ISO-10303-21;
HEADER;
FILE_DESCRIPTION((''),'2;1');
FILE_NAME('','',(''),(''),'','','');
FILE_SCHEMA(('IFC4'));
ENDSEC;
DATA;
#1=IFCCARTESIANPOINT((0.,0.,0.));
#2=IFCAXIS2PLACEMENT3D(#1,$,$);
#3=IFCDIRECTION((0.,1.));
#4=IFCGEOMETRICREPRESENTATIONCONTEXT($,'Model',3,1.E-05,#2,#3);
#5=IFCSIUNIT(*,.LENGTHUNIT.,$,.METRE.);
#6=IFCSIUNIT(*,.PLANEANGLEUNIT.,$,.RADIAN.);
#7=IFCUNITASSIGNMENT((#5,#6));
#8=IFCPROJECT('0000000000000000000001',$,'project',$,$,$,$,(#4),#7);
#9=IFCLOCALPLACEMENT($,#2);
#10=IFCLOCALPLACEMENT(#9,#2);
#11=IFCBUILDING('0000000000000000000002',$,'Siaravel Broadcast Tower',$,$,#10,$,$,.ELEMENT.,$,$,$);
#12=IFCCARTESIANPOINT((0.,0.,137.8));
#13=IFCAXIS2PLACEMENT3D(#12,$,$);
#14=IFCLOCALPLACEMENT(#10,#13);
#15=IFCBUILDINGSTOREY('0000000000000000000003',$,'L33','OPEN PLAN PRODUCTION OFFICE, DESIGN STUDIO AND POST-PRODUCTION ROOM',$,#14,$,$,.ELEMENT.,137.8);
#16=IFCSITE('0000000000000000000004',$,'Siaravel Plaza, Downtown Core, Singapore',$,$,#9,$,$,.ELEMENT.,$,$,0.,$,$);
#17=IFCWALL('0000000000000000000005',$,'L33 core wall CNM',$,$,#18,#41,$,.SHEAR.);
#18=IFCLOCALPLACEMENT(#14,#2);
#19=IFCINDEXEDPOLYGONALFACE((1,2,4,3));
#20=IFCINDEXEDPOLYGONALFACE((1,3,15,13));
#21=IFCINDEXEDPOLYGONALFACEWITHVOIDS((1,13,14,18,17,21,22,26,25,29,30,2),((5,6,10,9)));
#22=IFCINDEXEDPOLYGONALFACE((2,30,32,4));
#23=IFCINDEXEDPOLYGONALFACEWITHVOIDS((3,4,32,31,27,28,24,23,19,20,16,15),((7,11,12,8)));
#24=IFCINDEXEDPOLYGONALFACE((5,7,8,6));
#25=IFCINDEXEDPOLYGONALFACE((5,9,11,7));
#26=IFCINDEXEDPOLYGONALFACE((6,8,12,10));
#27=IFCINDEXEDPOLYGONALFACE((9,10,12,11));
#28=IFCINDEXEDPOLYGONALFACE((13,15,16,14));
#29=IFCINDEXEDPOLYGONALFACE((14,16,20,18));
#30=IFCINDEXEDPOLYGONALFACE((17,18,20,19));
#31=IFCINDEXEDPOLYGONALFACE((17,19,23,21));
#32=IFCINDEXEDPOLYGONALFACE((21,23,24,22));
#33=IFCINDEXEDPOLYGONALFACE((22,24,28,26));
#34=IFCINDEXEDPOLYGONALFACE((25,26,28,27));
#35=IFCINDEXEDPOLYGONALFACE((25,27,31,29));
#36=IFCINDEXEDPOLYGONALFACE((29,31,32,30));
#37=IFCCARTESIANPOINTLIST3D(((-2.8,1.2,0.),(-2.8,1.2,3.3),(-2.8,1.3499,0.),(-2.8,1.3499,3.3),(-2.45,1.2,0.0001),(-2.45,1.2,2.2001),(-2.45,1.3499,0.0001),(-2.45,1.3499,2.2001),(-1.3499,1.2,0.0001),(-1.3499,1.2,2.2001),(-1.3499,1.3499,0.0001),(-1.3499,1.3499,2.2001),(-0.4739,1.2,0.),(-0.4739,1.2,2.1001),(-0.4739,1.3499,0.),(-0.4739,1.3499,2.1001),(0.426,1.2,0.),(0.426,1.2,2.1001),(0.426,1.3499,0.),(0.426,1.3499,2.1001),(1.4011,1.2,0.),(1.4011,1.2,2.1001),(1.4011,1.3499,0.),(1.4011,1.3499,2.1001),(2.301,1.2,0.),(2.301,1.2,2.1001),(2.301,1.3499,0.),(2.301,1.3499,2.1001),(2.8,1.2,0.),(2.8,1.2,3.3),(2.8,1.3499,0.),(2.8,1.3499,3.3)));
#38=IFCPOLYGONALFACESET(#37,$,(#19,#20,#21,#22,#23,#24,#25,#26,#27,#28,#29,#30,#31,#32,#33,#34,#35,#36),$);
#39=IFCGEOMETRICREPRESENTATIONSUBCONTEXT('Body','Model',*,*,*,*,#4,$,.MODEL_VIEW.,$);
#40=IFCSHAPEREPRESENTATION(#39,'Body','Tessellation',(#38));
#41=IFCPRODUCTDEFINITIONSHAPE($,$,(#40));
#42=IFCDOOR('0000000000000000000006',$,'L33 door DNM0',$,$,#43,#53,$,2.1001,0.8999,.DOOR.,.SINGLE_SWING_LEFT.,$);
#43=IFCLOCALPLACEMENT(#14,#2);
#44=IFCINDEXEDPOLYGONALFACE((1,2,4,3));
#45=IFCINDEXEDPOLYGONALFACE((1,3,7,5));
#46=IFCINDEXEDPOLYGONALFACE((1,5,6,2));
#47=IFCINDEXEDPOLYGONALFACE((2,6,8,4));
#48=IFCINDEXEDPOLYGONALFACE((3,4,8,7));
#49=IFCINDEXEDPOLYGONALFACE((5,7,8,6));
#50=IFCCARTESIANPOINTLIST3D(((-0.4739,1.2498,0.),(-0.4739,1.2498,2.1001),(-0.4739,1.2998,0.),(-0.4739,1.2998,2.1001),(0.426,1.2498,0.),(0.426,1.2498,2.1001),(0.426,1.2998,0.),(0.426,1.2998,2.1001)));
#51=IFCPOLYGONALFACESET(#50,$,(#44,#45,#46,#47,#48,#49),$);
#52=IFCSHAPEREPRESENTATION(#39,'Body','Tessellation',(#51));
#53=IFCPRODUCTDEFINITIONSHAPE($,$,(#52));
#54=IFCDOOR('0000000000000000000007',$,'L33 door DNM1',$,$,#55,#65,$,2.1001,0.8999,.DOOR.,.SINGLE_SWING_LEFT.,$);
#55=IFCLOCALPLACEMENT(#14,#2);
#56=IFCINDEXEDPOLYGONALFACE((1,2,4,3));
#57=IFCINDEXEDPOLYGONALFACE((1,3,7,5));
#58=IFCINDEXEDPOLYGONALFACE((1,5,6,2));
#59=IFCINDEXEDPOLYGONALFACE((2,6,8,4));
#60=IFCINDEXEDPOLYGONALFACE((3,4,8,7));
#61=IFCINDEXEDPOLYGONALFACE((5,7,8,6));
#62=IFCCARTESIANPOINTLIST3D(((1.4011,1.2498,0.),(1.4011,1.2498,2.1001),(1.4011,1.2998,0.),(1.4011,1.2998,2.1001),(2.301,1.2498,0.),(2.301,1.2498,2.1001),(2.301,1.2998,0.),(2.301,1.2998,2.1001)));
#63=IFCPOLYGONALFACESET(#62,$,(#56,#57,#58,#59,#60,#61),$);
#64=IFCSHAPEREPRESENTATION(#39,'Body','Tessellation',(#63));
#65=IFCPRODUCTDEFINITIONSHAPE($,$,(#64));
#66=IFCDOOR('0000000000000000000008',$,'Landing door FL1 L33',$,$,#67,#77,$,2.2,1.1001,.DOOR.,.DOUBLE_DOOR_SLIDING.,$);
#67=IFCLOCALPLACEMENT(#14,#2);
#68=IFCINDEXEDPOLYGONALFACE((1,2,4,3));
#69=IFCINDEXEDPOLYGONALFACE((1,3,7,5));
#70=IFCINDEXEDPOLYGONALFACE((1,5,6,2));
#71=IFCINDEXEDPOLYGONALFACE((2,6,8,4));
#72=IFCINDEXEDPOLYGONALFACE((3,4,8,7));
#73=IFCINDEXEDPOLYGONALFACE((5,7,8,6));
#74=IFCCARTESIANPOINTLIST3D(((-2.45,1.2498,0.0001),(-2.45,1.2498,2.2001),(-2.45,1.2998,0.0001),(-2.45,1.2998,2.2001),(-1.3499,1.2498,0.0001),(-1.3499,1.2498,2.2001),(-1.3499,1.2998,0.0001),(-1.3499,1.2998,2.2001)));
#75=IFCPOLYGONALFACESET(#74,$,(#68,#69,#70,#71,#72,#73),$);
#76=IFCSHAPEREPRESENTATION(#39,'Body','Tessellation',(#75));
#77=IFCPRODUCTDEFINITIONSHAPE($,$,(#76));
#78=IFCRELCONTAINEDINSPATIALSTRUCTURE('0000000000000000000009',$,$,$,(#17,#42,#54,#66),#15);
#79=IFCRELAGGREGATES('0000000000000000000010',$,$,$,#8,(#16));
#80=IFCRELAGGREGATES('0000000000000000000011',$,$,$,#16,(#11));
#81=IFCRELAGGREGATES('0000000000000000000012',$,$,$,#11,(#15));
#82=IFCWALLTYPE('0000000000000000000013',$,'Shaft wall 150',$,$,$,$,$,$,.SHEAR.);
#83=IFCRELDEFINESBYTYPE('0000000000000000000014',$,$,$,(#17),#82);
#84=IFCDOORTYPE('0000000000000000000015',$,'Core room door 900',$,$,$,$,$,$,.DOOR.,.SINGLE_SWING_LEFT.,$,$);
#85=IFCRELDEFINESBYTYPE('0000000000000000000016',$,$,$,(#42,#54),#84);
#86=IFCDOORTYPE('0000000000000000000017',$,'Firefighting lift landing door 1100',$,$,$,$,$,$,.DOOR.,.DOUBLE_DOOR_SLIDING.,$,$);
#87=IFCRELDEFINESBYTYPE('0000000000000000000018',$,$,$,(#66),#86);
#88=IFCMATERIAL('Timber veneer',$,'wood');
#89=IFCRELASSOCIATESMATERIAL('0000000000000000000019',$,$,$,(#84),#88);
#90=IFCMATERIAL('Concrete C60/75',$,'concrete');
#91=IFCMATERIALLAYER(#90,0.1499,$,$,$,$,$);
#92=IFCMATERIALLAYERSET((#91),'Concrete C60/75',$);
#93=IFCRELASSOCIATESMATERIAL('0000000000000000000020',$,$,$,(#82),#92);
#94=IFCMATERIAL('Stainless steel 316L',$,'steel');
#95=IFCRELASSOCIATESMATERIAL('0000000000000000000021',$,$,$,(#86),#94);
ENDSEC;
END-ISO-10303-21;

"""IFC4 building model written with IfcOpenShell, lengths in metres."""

from ifc_helpers import new_model, si_unit, direction, frame, frame_2d, origin, place, context, subcontext, project, spatial, rectangle, extrude, material, layer, layer_set, type_object, element, fill, save


model = new_model("IFC4")

# Units and contexts
model_context = context("Model", 3, precision=1e-05, world=origin(), true_north=direction((0.0, 1.0)))
body_context = subcontext(model_context, "Body", "Model", "MODEL_VIEW")
ifc_project = project(units=[si_unit("LENGTHUNIT", "METRE"), si_unit("PLANEANGLEUNIT", "RADIAN")], contexts=[model_context])

# Site, building, storey
site_placement = place(None, origin())
site = spatial("IfcSite", under=ifc_project, at=site_placement, Name="Siaravel Plaza, Downtown Core, Singapore", CompositionType="ELEMENT", RefElevation=0.0)
building_placement = place(site_placement, origin())
building = spatial("IfcBuilding", under=site, at=building_placement, Name="Siaravel Broadcast Tower", CompositionType="ELEMENT")
storey_placement = place(building_placement, frame((0.0, 0.0, 137.8)))
storey = spatial("IfcBuildingStorey", under=building, at=storey_placement, Name="L33", Description="OPEN PLAN PRODUCTION OFFICE, DESIGN STUDIO AND POST-PRODUCTION ROOM", CompositionType="ELEMENT", Elevation=137.8)

# Shared definitions
ifc_material_1 = material(Name="Timber veneer", Category="wood")
door_type_1 = type_object("IfcDoorType", Name="Core room door 900", OperationType="SINGLE_SWING_LEFT", PredefinedType="DOOR", material=ifc_material_1)

# Wall, openings, doors
ifc_material_2 = material(Name="Concrete C60/75", Category="concrete")
ifc_layer_1 = layer(ifc_material_2, 0.1499)
ifc_layer_set_1 = layer_set([ifc_layer_1], Name="Concrete C60/75")
wall_type_1 = type_object("IfcWallType", Name="Shaft wall 150", PredefinedType="SHEAR", material=ifc_layer_set_1)
ifc_material_3 = material(Name="Stainless steel 316L", Category="steel")
door_type_2 = type_object("IfcDoorType", Name="Firefighting lift landing door 1100", OperationType="DOUBLE_DOOR_SLIDING", PredefinedType="DOOR", material=ifc_material_3)
wall_1_placement = place(storey_placement, frame((-2.8, 1.2749, 0.0), z_axis=(0.0, 0.0, 1.0), x_axis=(1.0, 0.0, 0.0)))
wall_1 = element("IfcWall", 1, at=wall_1_placement, inside=storey, type_object=wall_type_1, Name="L33 core wall CNM", PredefinedType="SHEAR", context=body_context, shape_type="SweptSolid", body=[
    extrude(rectangle(XDim=5.6001, YDim=0.1499, at=frame_2d((2.8, 0.0))), origin(), (0.0, 0.0, 1.0), 3.3),
])
opening_1_placement = place(wall_1_placement, frame((0.3501, 0.0, 0.0)))
opening_1 = element("IfcOpeningElement", 2, at=opening_1_placement, cuts=wall_1, PredefinedType="OPENING", context=body_context, shape_type="SweptSolid", body=[
    extrude(rectangle(XDim=1.1001, YDim=2.2, at=frame_2d((0.55, 1.1001))), frame((0.0, 0.085, 0.0), z_axis=(0.0, -1.0, 0.0), x_axis=(1.0, 0.0, 0.0)), (0.0, 0.0, 1.0), 0.1699),
])
opening_2_placement = place(wall_1_placement, frame((2.3262, 0.0, 0.0)))
opening_2 = element("IfcOpeningElement", 3, at=opening_2_placement, cuts=wall_1, PredefinedType="OPENING", context=body_context, shape_type="SweptSolid", body=[
    extrude(rectangle(XDim=0.8999, YDim=2.1001, at=frame_2d((0.45, 1.05))), frame((0.0, 0.085, 0.0), z_axis=(0.0, -1.0, 0.0), x_axis=(1.0, 0.0, 0.0)), (0.0, 0.0, 1.0), 0.1699),
])
opening_3_placement = place(wall_1_placement, frame((4.2012, 0.0, 0.0)))
opening_3 = element("IfcOpeningElement", 4, at=opening_3_placement, cuts=wall_1, PredefinedType="OPENING", context=body_context, shape_type="SweptSolid", body=[
    extrude(rectangle(XDim=0.8999, YDim=2.1001, at=frame_2d((0.45, 1.05))), frame((0.0, 0.085, 0.0), z_axis=(0.0, -1.0, 0.0), x_axis=(1.0, 0.0, 0.0)), (0.0, 0.0, 1.0), 0.1699),
])
door_1_placement = place(opening_2_placement, origin())
door_1 = element("IfcDoor", 5, at=door_1_placement, inside=storey, type_object=door_type_1, Name="L33 door DNM0", OperationType="SINGLE_SWING_LEFT", OverallHeight=2.1001, OverallWidth=0.8999, PredefinedType="DOOR", context=body_context, shape_type="SweptSolid", body=[
    extrude(rectangle(XDim=0.8999, YDim=2.1001, at=frame_2d((0.45, 1.05))), frame((0.0, 0.0249, 0.0), z_axis=(0.0, -1.0, 0.0), x_axis=(1.0, 0.0, 0.0)), (0.0, 0.0, 1.0), 0.05),
])
fill(opening_2, door_1)
door_2_placement = place(opening_3_placement, origin())
door_2 = element("IfcDoor", 6, at=door_2_placement, inside=storey, type_object=door_type_1, Name="L33 door DNM1", OperationType="SINGLE_SWING_LEFT", OverallHeight=2.1001, OverallWidth=0.8999, PredefinedType="DOOR", context=body_context, shape_type="SweptSolid", body=[
    extrude(rectangle(XDim=0.8999, YDim=2.1001, at=frame_2d((0.45, 1.05))), frame((0.0, 0.0249, 0.0), z_axis=(0.0, -1.0, 0.0), x_axis=(1.0, 0.0, 0.0)), (0.0, 0.0, 1.0), 0.05),
])
fill(opening_3, door_2)
door_3_placement = place(opening_1_placement, origin())
door_3 = element("IfcDoor", 7, at=door_3_placement, inside=storey, type_object=door_type_2, Name="Landing door FL1 L33", OperationType="DOUBLE_DOOR_SLIDING", OverallHeight=2.2, OverallWidth=1.1001, PredefinedType="DOOR", context=body_context, shape_type="SweptSolid", body=[
    extrude(rectangle(XDim=1.1001, YDim=2.2, at=frame_2d((0.55, 1.1001))), frame((0.0, 0.0249, 0.0), z_axis=(0.0, -1.0, 0.0), x_axis=(1.0, 0.0, 0.0)), (0.0, 0.0, 1.0), 0.05),
])
fill(opening_1, door_3)

save(model, "model.ifc")
